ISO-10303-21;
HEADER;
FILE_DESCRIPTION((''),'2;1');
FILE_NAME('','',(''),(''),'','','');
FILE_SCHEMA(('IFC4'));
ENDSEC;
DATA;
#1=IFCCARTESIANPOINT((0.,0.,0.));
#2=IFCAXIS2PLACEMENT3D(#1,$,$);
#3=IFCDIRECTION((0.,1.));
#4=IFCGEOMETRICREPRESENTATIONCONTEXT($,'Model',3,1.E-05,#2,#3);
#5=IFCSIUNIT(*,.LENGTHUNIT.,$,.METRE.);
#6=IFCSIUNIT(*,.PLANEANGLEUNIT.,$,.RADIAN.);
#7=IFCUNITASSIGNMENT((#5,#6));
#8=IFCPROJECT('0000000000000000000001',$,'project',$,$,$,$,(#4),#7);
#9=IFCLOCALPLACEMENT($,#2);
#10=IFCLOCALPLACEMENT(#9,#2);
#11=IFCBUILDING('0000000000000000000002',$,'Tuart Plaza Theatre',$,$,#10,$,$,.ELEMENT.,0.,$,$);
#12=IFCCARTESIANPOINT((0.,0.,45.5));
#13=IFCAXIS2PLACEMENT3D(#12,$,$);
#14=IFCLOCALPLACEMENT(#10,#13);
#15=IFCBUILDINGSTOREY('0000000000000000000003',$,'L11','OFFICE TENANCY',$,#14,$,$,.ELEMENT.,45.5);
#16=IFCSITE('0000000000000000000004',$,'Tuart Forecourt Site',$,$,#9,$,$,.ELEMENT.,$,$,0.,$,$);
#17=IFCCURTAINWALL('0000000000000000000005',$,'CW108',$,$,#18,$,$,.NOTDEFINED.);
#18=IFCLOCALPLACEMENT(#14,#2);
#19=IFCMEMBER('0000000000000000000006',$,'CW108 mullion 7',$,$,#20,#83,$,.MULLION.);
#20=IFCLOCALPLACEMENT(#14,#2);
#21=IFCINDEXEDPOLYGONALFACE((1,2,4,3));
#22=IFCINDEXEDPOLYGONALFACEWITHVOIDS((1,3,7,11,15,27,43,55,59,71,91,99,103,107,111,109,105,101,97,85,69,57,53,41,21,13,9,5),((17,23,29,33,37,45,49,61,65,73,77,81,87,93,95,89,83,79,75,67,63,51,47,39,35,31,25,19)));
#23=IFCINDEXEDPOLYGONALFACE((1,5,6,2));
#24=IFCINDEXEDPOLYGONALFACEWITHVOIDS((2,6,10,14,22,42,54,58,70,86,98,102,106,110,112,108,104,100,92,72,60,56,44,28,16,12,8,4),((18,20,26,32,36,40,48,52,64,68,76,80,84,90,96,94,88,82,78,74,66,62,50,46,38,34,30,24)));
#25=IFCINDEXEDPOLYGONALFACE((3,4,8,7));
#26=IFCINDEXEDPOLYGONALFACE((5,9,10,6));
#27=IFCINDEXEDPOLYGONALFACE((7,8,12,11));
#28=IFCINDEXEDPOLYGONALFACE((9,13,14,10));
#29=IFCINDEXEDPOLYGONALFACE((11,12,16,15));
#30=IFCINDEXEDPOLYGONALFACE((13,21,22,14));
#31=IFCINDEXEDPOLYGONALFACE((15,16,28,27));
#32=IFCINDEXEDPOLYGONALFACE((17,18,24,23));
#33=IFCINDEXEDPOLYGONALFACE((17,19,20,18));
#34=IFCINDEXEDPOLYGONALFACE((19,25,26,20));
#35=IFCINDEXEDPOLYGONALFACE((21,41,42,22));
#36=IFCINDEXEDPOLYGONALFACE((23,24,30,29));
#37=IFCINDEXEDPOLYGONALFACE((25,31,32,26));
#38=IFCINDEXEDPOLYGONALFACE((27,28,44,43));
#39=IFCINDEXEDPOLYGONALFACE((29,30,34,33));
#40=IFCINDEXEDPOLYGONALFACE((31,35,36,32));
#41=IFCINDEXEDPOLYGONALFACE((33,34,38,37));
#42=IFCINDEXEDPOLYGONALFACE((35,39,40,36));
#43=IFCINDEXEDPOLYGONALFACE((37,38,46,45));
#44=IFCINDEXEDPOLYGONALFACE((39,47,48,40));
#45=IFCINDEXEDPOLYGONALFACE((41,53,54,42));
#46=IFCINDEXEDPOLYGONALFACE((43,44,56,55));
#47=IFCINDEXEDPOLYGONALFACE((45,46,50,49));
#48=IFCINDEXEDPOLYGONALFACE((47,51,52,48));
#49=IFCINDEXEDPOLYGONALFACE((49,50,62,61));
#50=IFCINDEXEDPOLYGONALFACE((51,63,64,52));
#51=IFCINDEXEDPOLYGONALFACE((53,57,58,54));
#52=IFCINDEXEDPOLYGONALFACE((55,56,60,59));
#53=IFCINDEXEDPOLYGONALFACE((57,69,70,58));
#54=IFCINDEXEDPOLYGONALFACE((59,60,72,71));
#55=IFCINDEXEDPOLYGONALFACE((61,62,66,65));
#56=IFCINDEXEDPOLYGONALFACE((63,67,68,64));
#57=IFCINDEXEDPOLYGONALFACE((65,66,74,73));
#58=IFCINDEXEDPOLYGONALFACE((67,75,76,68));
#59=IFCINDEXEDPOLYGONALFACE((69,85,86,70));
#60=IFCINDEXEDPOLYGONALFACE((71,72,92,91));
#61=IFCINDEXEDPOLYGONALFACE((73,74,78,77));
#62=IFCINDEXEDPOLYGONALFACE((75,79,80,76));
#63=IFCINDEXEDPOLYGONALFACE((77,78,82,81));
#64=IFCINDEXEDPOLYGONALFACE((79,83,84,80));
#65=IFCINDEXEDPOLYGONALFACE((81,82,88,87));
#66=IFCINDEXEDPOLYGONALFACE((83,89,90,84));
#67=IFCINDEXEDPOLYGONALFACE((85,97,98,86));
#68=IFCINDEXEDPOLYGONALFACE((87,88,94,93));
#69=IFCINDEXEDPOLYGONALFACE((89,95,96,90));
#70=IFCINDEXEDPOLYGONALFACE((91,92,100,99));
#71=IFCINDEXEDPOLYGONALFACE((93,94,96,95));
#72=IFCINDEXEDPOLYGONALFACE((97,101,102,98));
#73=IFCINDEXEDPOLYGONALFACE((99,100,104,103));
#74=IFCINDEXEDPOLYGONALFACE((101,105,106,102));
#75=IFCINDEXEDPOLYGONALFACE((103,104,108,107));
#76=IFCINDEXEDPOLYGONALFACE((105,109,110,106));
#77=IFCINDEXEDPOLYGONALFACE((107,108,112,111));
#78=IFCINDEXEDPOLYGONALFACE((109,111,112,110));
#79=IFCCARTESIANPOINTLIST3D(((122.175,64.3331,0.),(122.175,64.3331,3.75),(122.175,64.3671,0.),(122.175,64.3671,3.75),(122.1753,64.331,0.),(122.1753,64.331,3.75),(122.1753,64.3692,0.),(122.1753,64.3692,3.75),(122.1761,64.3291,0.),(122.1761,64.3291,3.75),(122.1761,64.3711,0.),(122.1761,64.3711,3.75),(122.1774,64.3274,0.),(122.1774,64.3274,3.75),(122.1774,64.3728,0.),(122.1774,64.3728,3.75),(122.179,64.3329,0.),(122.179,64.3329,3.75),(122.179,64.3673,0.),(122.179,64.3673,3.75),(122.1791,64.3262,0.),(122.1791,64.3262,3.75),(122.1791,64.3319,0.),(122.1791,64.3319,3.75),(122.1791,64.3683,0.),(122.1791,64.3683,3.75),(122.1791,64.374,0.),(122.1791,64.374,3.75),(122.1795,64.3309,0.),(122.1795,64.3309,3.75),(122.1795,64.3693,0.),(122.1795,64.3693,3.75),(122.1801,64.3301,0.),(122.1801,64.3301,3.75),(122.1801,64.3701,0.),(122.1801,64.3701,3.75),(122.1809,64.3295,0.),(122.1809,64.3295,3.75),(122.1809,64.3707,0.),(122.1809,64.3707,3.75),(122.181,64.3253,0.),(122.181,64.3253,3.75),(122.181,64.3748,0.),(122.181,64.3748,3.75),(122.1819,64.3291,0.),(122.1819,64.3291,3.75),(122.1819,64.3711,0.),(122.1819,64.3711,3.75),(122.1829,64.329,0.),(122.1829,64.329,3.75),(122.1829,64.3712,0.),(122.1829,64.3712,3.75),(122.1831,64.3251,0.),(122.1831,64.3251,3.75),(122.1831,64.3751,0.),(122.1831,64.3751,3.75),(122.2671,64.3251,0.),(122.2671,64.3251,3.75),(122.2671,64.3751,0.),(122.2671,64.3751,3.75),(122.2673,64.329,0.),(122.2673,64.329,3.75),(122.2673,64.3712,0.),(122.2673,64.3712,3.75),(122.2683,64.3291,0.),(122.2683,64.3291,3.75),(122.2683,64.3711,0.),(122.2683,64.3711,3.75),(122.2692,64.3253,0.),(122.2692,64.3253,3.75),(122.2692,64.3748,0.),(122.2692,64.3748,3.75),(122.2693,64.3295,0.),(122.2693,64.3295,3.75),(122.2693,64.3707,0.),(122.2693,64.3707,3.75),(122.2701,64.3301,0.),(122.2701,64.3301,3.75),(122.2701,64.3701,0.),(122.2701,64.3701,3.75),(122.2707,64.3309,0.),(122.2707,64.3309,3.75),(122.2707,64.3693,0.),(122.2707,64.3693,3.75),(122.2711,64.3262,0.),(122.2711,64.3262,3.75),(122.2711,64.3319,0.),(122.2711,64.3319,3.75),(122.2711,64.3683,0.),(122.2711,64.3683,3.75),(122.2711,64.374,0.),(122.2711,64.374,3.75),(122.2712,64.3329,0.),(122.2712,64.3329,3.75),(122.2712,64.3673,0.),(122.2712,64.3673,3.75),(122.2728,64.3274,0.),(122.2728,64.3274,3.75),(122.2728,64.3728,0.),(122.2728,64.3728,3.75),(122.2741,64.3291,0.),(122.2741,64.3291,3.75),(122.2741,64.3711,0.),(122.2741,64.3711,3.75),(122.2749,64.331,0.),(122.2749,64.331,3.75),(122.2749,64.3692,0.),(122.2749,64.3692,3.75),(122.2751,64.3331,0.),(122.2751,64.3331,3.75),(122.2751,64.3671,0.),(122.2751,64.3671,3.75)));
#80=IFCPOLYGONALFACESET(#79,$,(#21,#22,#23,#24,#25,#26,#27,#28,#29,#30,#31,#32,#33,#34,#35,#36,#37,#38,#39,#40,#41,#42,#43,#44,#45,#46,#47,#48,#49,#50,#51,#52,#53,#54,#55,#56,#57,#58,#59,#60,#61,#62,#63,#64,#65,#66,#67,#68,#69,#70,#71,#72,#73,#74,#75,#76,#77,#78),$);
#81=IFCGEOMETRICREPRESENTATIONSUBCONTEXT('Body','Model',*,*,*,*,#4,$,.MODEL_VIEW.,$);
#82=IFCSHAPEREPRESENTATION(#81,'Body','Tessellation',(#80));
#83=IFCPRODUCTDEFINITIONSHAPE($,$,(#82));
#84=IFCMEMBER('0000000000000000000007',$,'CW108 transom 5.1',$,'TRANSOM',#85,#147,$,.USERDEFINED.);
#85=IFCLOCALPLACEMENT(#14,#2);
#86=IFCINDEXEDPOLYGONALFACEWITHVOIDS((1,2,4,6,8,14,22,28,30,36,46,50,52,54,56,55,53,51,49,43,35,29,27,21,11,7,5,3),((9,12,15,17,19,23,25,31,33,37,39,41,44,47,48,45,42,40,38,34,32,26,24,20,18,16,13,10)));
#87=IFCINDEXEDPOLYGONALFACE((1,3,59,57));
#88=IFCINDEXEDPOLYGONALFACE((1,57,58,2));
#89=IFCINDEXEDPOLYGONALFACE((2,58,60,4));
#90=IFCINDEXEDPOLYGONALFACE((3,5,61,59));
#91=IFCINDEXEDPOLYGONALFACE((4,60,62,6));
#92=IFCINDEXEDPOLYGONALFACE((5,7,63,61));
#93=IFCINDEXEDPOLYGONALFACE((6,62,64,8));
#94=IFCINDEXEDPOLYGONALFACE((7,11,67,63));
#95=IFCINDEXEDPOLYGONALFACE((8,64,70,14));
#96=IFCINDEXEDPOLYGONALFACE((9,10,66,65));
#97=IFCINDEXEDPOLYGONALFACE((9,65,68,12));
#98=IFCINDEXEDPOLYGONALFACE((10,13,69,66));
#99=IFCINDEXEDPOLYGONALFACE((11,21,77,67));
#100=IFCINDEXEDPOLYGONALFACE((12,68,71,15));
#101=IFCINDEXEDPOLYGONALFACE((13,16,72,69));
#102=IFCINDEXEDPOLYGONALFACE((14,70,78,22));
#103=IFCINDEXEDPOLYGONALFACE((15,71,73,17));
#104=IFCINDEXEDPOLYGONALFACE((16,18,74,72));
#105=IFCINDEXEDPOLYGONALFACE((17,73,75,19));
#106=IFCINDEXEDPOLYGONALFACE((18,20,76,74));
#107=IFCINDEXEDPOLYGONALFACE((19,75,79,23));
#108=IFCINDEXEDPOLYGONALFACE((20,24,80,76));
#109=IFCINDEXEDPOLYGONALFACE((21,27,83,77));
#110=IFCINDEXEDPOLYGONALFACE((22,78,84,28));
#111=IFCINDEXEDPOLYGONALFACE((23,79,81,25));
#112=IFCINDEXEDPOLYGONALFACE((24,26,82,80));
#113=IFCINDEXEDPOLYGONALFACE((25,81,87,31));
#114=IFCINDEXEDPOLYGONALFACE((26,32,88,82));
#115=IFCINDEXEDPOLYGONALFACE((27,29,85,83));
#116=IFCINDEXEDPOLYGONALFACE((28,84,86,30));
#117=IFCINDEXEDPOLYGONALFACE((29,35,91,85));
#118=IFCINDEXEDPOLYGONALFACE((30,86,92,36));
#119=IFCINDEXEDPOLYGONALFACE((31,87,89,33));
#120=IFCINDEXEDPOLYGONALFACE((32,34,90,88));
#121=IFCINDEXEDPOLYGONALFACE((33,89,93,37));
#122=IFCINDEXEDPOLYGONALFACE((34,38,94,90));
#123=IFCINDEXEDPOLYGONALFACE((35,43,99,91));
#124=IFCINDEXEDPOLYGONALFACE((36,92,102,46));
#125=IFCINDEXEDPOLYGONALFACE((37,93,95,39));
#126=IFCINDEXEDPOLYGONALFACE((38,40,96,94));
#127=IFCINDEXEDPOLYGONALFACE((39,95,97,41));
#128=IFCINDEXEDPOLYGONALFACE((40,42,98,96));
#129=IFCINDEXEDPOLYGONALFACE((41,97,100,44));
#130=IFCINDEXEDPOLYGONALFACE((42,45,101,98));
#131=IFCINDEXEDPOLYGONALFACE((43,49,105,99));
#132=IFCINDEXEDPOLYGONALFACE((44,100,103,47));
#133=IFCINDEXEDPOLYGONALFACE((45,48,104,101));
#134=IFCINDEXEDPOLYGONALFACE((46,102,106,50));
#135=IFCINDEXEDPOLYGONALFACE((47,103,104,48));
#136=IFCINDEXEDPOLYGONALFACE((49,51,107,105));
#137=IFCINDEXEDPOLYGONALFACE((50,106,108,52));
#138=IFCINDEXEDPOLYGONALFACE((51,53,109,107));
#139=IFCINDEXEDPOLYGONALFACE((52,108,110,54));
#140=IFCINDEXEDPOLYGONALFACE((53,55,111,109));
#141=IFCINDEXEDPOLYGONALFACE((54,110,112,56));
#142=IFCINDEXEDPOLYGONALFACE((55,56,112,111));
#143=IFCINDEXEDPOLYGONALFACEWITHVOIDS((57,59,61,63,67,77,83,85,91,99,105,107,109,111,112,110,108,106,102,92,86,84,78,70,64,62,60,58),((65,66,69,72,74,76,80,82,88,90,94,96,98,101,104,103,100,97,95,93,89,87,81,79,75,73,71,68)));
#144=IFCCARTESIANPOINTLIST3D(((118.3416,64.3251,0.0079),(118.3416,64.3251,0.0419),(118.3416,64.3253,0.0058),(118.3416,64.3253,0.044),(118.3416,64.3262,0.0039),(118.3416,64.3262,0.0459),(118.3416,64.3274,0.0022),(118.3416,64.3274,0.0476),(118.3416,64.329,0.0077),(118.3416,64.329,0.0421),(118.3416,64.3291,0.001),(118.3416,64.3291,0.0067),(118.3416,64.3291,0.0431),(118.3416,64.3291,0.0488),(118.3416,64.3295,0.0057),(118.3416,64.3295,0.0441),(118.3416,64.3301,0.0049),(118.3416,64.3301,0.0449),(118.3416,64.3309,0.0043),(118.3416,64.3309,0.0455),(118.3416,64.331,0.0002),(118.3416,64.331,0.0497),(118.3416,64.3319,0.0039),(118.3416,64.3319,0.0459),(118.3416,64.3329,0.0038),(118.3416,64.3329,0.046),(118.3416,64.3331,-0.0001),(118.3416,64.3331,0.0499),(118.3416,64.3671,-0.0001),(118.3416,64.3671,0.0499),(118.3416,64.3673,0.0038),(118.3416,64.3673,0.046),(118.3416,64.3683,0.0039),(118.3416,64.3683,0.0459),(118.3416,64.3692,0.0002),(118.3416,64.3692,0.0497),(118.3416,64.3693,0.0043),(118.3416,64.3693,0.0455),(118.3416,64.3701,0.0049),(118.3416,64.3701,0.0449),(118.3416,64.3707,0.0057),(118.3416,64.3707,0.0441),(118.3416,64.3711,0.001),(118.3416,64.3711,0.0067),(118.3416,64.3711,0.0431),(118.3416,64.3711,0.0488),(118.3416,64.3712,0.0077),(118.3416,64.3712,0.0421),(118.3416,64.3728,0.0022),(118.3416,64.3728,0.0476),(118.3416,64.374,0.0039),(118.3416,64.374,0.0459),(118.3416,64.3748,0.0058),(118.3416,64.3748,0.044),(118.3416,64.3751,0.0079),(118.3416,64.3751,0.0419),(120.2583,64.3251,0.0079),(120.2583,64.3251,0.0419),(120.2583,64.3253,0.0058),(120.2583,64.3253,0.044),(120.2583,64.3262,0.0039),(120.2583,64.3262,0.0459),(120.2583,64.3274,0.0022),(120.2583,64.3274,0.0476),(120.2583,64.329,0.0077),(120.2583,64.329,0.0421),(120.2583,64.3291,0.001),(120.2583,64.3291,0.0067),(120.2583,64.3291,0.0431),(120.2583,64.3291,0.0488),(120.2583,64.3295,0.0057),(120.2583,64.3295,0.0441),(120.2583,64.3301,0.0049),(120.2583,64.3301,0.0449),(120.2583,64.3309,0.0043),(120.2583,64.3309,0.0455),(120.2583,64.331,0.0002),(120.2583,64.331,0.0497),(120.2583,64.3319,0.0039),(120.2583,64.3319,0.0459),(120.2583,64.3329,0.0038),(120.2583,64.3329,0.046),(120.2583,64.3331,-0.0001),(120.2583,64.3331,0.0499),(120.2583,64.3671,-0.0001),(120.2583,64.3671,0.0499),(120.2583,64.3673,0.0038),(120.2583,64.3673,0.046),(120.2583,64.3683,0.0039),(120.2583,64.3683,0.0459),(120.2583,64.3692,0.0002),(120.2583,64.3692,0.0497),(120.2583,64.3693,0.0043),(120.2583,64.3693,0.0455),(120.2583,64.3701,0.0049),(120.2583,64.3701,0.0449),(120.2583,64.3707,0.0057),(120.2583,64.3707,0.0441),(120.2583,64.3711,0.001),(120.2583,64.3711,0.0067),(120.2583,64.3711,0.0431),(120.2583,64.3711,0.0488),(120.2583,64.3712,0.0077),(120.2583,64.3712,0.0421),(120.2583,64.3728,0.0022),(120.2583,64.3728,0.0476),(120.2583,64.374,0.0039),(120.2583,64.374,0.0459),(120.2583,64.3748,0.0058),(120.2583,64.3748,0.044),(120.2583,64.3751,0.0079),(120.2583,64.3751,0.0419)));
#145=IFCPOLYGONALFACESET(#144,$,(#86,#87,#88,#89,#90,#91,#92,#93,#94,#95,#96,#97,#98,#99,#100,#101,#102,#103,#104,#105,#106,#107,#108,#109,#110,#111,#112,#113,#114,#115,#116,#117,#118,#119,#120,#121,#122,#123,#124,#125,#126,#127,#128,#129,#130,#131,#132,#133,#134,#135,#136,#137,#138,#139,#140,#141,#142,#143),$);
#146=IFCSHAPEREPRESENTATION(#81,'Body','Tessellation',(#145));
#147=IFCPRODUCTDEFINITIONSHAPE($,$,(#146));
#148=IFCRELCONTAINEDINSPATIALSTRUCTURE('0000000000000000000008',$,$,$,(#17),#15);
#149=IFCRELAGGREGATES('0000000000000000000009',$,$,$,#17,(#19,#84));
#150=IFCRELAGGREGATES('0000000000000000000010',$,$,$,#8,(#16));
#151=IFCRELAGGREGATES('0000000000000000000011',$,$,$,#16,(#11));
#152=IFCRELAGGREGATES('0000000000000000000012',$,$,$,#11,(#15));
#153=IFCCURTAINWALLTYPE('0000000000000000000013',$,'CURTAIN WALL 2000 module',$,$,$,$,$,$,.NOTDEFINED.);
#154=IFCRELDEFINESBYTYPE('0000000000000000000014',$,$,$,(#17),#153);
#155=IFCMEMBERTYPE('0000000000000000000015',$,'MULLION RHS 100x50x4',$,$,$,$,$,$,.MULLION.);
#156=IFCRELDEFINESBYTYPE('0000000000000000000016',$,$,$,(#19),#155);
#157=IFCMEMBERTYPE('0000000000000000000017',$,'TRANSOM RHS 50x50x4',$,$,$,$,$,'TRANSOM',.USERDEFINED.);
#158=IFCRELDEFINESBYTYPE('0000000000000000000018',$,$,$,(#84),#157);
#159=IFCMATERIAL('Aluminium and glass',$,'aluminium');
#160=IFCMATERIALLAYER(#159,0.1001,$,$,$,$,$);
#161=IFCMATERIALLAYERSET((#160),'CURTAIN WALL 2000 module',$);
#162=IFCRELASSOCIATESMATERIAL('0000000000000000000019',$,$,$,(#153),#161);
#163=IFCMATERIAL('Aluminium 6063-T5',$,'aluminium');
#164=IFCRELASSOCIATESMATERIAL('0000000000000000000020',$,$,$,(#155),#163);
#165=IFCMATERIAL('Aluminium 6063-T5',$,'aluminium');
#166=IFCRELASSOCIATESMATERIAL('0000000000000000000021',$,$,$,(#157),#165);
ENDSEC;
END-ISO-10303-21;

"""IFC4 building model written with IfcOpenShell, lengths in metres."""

from ifc_helpers import new_model, si_unit, direction, frame, origin, origin_2d, place, context, subcontext, project, spatial, hollow_rectangle, extrude, material, layer, layer_set, material_profile, profile_set, type_object, element, aggregate, save


model = new_model("IFC4")

# Units and contexts
model_context = context("Model", 3, precision=1e-05, world=origin(), true_north=direction((0.0, 1.0)))
body_context = subcontext(model_context, "Body", "Model", "MODEL_VIEW")
ifc_project = project(units=[si_unit("LENGTHUNIT", "METRE"), si_unit("PLANEANGLEUNIT", "RADIAN")], contexts=[model_context])

# Site, building, storey
site_placement = place(None, origin())
site = spatial("IfcSite", under=ifc_project, at=site_placement, Name="Tuart Forecourt Site", CompositionType="ELEMENT", RefElevation=0.0)
building_placement = place(site_placement, origin())
building = spatial("IfcBuilding", under=site, at=building_placement, Name="Tuart Plaza Theatre", CompositionType="ELEMENT", ElevationOfRefHeight=0.0)
storey_placement = place(building_placement, frame((0.0, 0.0, 45.5)))
storey = spatial("IfcBuildingStorey", under=building, at=storey_placement, Name="L11", Description="OFFICE TENANCY", CompositionType="ELEMENT", Elevation=45.5)

# Curtain wall, members
ifc_material_1 = material(Name="Aluminium and glass", Category="aluminium")
ifc_layer_1 = layer(ifc_material_1, 0.1001)
ifc_layer_set_1 = layer_set([ifc_layer_1], Name="CURTAIN WALL 2000 module")
curtain_wall_type = type_object("IfcCurtainWallType", Name="CURTAIN WALL 2000 module", PredefinedType="NOTDEFINED", material=ifc_layer_set_1)
curtain_wall_1_placement = place(storey_placement, origin())
curtain_wall_1 = element("IfcCurtainWall", 1, at=curtain_wall_1_placement, inside=storey, type_object=curtain_wall_type, Name="CW108", PredefinedType="NOTDEFINED")
ifc_material_2 = material(Name="Aluminium 6063-T5", Category="aluminium")
ifc_material_profile_1 = material_profile(ifc_material_2, hollow_rectangle(XDim=0.05, YDim=0.1001, WallThickness=0.0039, InnerFilletRadius=0.0039, OuterFilletRadius=0.0081, at=origin_2d()), Name="RHS 100x50x4")
ifc_profile_set_1 = profile_set([ifc_material_profile_1], Name="Aluminium 6063-T5")
member_type_1 = type_object("IfcMemberType", Name="MULLION RHS 100x50x4", PredefinedType="MULLION", material=ifc_profile_set_1)
member_1_placement = place(storey_placement, frame((122.2251, 64.3501, 0.0), z_axis=(0.0, 0.0, 1.0), x_axis=(0.0, 1.0, 0.0)))
member_1 = element("IfcMember", 2, at=member_1_placement, type_object=member_type_1, Name="CW108 mullion 7", PredefinedType="MULLION", context=body_context, shape_type="SweptSolid", body=[
    extrude(hollow_rectangle(XDim=0.05, YDim=0.1001, WallThickness=0.0039, InnerFilletRadius=0.0039, OuterFilletRadius=0.0081, at=origin_2d()), origin(), (0.0, 0.0, 1.0), 3.75),
])
ifc_material_3 = material(Name="Aluminium 6063-T5", Category="aluminium")
ifc_material_profile_2 = material_profile(ifc_material_3, hollow_rectangle(XDim=0.05, YDim=0.05, WallThickness=0.0039, InnerFilletRadius=0.0039, OuterFilletRadius=0.0081, at=origin_2d()), Name="RHS 50x50x4")
ifc_profile_set_2 = profile_set([ifc_material_profile_2], Name="Aluminium 6063-T5")
member_type_2 = type_object("IfcMemberType", Name="TRANSOM RHS 50x50x4", ElementType="TRANSOM", PredefinedType="USERDEFINED", material=ifc_profile_set_2)
member_2_placement = place(storey_placement, frame((118.3416, 64.3501, 0.0249), z_axis=(1.0, 0.0, 0.0), x_axis=(0.0, 1.0, 0.0)))
member_2 = element("IfcMember", 3, at=member_2_placement, type_object=member_type_2, Name="CW108 transom 5.1", ObjectType="TRANSOM", PredefinedType="USERDEFINED", context=body_context, shape_type="SweptSolid", body=[
    extrude(hollow_rectangle(XDim=0.05, YDim=0.05, WallThickness=0.0039, InnerFilletRadius=0.0039, OuterFilletRadius=0.0081, at=origin_2d()), origin(), (0.0, 0.0, 1.0), 1.9167),
])

aggregate(curtain_wall_1, [member_1, member_2])

save(model, "model.ifc")
